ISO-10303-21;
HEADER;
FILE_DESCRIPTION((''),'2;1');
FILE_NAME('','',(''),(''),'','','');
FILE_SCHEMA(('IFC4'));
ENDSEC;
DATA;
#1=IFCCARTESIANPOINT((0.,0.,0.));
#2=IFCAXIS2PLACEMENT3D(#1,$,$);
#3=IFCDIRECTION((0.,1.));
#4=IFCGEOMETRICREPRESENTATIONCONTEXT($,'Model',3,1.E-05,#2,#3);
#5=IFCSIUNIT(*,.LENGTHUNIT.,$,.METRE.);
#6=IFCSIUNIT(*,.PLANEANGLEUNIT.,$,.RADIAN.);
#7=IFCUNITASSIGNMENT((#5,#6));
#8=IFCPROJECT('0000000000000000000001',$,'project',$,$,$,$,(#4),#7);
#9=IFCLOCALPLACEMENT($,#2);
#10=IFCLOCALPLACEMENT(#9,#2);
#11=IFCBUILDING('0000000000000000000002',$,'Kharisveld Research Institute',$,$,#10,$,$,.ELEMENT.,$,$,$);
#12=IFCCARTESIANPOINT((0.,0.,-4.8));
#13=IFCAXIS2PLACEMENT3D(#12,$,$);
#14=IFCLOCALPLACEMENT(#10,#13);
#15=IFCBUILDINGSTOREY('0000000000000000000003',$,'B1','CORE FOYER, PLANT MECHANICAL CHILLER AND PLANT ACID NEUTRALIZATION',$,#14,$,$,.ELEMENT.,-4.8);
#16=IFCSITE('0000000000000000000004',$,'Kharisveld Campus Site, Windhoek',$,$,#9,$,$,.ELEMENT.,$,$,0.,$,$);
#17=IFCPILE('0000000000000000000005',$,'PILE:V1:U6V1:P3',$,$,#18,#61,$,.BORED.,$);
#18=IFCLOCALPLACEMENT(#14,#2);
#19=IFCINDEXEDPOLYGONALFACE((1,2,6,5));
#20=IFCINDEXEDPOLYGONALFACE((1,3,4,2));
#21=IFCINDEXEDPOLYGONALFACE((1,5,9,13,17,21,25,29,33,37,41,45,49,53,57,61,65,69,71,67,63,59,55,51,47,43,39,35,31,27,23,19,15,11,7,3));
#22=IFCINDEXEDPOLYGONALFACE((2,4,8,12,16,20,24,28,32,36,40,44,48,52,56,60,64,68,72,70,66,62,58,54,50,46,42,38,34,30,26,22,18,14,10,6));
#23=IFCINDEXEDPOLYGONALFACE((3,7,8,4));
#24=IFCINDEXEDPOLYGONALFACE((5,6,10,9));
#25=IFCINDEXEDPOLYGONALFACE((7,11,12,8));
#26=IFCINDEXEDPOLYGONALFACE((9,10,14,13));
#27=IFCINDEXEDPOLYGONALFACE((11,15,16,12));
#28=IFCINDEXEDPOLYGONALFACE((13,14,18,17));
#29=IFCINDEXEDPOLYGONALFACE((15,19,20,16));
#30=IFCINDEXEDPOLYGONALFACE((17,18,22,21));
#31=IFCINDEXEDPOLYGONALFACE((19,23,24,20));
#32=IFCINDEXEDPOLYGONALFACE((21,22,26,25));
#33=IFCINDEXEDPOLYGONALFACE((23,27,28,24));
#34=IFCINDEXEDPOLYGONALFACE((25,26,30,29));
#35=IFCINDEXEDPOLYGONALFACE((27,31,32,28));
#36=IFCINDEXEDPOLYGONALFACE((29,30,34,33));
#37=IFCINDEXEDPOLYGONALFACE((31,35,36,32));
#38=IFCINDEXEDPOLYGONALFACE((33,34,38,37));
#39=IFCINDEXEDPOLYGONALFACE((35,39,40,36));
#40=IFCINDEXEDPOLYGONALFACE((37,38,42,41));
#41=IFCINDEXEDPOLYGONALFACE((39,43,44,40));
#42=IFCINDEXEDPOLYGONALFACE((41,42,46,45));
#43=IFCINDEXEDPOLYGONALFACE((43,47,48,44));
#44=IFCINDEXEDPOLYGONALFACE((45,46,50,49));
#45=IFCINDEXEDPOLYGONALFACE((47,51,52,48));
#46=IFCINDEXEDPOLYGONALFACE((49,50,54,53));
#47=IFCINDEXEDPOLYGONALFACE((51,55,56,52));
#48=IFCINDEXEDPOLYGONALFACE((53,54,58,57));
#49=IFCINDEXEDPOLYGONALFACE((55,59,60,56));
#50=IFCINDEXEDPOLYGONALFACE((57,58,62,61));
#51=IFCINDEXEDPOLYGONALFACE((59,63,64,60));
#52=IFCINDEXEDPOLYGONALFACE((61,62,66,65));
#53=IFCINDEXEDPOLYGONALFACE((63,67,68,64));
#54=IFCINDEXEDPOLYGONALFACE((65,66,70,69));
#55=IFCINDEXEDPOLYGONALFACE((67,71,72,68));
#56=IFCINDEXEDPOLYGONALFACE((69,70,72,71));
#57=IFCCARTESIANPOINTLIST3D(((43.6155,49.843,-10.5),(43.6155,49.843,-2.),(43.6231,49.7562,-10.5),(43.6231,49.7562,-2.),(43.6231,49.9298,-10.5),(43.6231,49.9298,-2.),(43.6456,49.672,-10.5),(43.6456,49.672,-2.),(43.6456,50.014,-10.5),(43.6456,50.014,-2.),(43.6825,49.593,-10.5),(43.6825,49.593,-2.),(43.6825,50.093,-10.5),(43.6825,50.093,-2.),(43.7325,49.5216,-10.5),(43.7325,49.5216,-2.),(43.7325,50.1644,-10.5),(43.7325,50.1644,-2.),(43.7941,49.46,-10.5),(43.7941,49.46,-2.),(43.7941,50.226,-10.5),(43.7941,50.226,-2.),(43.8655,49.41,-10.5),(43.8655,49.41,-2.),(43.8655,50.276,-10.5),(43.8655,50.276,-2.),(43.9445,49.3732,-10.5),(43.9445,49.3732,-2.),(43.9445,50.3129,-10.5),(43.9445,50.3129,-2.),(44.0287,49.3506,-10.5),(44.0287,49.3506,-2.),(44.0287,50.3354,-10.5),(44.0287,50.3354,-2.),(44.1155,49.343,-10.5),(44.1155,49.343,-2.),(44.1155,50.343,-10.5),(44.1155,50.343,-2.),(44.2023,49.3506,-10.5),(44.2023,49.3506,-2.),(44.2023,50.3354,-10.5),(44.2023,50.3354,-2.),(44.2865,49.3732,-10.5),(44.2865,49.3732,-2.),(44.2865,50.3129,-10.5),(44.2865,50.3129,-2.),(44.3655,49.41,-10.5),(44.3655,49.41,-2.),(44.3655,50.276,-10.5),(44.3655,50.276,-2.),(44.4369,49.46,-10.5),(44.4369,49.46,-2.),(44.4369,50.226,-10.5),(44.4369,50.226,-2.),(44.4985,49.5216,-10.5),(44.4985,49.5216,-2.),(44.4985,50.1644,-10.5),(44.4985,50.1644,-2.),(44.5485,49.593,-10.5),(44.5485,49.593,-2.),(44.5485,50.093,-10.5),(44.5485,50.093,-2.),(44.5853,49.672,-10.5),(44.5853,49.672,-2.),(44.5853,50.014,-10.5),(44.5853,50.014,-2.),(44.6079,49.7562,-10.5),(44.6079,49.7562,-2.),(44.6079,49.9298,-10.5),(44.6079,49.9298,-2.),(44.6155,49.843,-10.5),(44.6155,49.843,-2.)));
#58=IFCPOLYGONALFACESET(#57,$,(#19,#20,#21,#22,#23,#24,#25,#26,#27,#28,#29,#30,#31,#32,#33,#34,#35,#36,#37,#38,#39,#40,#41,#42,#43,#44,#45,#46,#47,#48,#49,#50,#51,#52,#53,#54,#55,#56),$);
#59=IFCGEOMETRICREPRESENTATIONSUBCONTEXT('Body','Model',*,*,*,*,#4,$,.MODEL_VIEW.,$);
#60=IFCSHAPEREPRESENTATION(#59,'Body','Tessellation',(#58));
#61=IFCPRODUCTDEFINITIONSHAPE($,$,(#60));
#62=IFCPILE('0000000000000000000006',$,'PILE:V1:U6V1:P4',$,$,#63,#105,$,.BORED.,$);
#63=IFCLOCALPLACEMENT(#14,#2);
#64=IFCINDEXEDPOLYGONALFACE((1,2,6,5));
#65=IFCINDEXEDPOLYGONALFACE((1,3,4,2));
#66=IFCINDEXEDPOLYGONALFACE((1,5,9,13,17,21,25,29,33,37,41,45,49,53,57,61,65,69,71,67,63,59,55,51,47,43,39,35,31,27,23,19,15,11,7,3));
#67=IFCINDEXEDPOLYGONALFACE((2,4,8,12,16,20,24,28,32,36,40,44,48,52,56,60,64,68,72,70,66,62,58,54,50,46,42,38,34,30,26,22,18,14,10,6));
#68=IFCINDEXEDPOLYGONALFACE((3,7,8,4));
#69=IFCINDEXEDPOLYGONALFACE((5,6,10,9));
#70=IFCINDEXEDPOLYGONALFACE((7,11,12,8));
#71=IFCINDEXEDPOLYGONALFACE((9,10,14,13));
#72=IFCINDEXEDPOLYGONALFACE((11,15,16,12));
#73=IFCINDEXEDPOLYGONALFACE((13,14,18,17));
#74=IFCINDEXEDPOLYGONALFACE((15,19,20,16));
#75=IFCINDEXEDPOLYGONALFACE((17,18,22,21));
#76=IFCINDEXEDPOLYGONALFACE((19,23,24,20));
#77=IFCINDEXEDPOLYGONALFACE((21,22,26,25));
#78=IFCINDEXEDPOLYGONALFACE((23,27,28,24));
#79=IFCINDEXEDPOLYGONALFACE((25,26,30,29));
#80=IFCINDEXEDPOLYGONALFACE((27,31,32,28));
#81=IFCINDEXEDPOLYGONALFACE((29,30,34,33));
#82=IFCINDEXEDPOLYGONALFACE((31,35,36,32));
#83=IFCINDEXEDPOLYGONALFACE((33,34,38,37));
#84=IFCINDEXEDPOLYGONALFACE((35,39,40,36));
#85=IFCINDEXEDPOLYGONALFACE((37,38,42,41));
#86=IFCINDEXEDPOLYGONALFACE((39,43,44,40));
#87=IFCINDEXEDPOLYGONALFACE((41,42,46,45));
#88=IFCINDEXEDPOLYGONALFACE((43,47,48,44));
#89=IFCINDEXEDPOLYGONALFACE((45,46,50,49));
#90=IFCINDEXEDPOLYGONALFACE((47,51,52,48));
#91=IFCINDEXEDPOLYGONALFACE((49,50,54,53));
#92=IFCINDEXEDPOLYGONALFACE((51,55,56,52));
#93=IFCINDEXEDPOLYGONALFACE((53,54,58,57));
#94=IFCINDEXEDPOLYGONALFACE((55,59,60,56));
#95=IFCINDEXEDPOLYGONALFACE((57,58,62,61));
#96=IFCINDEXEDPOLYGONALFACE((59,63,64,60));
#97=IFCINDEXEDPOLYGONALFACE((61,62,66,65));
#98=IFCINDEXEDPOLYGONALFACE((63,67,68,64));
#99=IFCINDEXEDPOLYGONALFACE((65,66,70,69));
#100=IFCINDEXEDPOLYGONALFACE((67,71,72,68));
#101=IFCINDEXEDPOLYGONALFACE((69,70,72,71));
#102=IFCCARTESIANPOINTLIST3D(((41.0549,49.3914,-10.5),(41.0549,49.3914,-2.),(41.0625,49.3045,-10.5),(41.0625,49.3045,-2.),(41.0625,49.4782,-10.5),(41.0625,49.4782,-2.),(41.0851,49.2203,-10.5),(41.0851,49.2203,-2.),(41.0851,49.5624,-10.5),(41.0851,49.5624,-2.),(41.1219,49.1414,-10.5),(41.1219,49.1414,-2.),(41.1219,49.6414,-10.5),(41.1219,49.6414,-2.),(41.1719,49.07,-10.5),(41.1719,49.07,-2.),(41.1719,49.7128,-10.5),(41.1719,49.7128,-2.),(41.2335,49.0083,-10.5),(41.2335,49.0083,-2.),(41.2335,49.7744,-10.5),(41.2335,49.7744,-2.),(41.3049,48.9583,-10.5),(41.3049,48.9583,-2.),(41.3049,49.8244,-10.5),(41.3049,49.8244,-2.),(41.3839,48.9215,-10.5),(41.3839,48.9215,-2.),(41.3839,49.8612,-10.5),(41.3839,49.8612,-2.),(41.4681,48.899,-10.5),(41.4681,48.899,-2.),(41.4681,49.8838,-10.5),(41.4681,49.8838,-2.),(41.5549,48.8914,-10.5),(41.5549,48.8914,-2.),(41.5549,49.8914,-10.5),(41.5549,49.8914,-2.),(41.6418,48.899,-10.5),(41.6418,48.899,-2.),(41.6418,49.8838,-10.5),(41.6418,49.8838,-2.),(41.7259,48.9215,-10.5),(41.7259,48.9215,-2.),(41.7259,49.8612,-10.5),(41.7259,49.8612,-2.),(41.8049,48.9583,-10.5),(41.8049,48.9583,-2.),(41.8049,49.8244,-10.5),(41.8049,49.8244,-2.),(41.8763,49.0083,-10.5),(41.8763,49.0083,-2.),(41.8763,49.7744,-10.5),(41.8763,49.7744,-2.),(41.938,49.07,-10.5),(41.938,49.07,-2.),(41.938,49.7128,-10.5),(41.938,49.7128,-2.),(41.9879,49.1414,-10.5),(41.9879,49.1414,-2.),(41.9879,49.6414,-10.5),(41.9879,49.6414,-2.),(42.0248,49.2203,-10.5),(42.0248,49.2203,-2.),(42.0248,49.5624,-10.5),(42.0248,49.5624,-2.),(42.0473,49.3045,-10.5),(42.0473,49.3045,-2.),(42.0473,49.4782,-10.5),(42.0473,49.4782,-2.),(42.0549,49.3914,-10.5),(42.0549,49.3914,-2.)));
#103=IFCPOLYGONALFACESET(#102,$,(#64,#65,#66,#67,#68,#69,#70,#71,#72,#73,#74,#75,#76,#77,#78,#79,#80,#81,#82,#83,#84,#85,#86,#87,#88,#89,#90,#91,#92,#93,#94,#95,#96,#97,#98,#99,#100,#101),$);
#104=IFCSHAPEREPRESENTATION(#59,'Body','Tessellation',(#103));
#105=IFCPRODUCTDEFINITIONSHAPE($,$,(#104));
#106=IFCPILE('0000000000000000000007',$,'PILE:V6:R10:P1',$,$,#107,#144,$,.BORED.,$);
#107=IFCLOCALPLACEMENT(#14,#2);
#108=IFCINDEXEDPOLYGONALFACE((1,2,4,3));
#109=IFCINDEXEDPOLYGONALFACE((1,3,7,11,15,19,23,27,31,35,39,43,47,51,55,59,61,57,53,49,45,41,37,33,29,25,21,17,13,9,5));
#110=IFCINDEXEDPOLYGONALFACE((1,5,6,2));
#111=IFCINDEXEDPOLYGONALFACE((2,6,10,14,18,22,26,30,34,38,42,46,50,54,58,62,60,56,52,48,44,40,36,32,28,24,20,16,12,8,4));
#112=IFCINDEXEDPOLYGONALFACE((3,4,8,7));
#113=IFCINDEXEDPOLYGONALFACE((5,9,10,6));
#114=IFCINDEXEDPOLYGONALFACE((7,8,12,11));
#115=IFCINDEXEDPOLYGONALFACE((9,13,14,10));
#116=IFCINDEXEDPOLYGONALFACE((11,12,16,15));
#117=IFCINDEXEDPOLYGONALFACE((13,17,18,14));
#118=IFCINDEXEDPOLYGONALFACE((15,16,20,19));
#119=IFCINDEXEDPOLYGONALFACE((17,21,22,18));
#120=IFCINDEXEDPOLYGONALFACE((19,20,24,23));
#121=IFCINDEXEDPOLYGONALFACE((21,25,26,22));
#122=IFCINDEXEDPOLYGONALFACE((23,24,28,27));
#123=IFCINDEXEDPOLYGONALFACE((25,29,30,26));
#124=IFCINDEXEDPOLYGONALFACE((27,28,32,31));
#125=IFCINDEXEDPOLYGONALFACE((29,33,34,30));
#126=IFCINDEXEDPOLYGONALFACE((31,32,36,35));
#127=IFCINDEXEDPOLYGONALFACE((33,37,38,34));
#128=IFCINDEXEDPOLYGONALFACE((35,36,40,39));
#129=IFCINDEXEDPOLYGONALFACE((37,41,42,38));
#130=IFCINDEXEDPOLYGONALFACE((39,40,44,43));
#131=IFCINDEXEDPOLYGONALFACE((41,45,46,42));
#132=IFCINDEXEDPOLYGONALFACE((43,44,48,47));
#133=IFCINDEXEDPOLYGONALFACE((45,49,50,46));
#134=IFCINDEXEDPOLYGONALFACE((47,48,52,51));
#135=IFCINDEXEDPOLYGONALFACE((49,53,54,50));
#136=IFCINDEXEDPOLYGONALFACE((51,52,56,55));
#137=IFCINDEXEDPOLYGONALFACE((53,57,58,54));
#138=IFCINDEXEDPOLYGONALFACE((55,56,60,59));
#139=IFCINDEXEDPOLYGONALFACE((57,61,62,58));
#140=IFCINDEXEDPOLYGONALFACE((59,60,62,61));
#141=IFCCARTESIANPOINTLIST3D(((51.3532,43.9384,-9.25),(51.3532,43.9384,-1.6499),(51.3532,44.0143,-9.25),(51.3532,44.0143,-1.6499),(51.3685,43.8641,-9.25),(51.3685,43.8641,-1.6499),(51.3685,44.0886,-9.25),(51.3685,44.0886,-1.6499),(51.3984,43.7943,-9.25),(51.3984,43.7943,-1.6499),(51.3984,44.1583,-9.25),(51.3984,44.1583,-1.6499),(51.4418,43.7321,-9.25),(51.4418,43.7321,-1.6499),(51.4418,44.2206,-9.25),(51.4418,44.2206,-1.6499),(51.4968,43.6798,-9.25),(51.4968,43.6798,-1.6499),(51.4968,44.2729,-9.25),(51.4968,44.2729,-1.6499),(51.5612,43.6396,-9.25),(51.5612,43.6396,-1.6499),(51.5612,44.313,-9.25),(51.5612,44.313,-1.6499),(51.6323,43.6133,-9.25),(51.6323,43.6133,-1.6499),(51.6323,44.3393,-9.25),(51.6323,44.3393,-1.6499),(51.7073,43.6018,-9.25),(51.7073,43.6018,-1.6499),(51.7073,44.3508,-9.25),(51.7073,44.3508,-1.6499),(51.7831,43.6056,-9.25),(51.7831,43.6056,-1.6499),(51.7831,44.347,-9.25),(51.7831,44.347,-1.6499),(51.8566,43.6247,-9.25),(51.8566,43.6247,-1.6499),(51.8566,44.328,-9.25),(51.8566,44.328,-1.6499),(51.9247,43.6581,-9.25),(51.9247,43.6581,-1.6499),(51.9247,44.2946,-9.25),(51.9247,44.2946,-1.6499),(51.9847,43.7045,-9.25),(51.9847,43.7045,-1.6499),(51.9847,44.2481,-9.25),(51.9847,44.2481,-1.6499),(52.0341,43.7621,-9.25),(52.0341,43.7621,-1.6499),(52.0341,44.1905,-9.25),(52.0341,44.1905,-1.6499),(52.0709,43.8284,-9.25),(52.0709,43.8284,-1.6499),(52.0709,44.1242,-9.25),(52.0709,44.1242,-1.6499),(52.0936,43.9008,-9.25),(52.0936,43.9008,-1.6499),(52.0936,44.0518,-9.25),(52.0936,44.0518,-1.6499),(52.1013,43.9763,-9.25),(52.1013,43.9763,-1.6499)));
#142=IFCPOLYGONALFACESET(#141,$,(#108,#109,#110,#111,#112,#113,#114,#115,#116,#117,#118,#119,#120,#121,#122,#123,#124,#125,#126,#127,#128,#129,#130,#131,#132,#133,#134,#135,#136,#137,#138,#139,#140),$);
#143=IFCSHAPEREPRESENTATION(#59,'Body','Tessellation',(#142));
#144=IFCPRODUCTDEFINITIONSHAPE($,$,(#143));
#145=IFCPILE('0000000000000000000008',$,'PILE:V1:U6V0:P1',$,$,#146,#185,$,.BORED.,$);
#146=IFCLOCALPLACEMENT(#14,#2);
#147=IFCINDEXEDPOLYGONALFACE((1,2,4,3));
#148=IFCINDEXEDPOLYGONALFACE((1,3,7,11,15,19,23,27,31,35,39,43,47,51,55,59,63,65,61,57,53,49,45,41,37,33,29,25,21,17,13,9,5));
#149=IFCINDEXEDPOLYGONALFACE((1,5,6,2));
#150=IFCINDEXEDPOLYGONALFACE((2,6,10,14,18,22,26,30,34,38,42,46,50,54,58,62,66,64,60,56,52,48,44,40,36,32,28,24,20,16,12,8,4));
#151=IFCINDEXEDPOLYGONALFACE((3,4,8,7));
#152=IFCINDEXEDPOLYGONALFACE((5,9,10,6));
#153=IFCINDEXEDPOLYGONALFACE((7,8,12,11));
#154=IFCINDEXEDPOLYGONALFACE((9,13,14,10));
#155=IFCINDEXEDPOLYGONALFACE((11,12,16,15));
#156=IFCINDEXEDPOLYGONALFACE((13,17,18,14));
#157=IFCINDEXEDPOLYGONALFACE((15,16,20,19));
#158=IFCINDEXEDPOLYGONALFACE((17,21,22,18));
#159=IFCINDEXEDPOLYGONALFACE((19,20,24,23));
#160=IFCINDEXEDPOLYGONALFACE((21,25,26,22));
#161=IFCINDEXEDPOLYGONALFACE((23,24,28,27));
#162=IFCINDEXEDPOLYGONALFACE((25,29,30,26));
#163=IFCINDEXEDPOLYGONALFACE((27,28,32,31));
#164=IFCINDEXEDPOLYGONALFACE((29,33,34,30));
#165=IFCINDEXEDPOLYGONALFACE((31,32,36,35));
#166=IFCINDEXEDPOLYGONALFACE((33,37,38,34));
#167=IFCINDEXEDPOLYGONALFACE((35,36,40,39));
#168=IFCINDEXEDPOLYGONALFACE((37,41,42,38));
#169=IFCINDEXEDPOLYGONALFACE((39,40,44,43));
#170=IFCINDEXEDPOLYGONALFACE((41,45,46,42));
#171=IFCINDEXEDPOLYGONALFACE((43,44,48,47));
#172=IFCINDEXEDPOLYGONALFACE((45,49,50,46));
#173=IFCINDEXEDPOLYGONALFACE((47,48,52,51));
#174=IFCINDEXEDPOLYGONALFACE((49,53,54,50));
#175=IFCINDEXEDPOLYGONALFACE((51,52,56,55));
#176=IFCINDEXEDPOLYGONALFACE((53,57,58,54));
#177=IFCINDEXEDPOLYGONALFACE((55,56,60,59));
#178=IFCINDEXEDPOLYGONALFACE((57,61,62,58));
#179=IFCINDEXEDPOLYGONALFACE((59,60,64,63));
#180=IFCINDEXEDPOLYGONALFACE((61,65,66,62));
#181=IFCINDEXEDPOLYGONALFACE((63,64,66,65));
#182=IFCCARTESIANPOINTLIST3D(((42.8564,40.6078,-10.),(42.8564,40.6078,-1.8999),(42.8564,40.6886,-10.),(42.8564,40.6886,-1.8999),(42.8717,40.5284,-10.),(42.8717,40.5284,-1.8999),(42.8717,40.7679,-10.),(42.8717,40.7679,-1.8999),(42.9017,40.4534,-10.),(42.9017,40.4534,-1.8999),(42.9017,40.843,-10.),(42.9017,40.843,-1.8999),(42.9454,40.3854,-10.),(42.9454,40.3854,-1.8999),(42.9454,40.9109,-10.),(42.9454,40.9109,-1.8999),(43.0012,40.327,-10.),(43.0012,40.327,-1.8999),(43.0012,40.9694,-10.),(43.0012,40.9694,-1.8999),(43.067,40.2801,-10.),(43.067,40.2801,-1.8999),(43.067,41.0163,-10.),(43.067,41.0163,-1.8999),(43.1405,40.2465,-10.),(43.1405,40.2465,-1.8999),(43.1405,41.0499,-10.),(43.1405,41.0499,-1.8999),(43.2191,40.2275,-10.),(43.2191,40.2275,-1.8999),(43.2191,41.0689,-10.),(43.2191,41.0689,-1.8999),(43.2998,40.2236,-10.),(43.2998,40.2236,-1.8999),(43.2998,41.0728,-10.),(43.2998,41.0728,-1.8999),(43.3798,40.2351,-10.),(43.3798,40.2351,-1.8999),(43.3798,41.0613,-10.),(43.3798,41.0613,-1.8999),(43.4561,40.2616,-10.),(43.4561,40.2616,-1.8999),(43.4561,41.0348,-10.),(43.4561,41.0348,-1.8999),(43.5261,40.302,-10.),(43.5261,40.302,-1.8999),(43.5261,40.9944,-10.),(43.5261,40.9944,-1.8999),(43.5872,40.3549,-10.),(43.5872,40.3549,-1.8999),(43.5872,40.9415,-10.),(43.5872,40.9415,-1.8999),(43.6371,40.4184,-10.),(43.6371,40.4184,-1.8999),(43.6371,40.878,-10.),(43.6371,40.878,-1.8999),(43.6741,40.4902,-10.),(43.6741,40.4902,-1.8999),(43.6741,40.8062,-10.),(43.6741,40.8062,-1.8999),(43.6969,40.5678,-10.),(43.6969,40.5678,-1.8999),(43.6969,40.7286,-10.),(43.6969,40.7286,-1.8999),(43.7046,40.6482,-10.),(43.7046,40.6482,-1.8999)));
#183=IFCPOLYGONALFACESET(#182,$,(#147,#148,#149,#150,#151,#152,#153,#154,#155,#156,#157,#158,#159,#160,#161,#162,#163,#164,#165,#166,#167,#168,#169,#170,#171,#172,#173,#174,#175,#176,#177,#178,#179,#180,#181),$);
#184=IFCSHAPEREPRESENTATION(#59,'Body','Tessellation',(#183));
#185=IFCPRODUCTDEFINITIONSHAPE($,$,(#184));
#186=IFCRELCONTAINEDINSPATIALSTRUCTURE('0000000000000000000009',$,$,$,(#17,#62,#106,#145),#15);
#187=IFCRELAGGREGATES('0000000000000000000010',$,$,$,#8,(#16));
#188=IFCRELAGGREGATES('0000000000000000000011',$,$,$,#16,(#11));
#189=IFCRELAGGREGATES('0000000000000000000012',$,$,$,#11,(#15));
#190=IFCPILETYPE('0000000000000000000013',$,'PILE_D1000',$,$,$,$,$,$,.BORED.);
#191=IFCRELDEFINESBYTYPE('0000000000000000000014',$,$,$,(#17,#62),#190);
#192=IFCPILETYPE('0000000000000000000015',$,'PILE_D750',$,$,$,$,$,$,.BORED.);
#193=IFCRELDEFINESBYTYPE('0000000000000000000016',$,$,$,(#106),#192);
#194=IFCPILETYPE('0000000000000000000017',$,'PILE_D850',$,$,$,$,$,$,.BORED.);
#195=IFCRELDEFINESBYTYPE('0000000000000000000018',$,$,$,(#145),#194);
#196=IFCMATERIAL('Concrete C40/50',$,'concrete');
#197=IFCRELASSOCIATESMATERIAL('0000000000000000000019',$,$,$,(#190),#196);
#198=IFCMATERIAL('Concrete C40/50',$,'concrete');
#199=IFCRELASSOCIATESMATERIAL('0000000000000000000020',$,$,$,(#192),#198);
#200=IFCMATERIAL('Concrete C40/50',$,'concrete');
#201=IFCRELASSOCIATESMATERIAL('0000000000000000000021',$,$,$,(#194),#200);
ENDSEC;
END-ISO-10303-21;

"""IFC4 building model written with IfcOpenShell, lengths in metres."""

from ifc_helpers import new_model, si_unit, direction, frame, origin, origin_2d, place, context, subcontext, project, spatial, circle, extrude, material, material_profile, profile_set, type_object, element, save


model = new_model("IFC4")

# Units and contexts
model_context = context("Model", 3, precision=1e-05, world=origin(), true_north=direction((0.0, 1.0)))
body_context = subcontext(model_context, "Body", "Model", "MODEL_VIEW")
ifc_project = project(units=[si_unit("LENGTHUNIT", "METRE"), si_unit("PLANEANGLEUNIT", "RADIAN")], contexts=[model_context])

# Site, building, storey
site_placement = place(None, origin())
site = spatial("IfcSite", under=ifc_project, at=site_placement, Name="Kharisveld Campus Site, Windhoek", CompositionType="ELEMENT", RefElevation=0.0)
building_placement = place(site_placement, origin())
building = spatial("IfcBuilding", under=site, at=building_placement, Name="Kharisveld Research Institute", CompositionType="ELEMENT")
storey_placement = place(building_placement, frame((0.0, 0.0, -4.8)))
storey = spatial("IfcBuildingStorey", under=building, at=storey_placement, Name="B1", Description="CORE FOYER, PLANT MECHANICAL CHILLER AND PLANT ACID NEUTRALIZATION", CompositionType="ELEMENT", Elevation=-4.8)

# Piles
ifc_material_1 = material(Name="Concrete C40/50", Category="concrete")
ifc_material_profile_1 = material_profile(ifc_material_1, circle(Radius=0.5, at=origin_2d()))
ifc_profile_set_1 = profile_set([ifc_material_profile_1], Name="Concrete C40/50")
pile_type_1 = type_object("IfcPileType", Name="PILE_D1000", PredefinedType="BORED", material=ifc_profile_set_1)
for number, where, z_axis, x_axis, name in (
    (1, (44.1155, 49.843, -2.0), (0.0, 0.0, -1.0), (1.0, 0.0, 0.0), "PILE:V1:U6V1:P3"),
    (2, (41.5549, 49.3914, -2.0), (0.0, 0.0, -1.0), (1.0, 0.0, 0.0), "PILE:V1:U6V1:P4"),
):
    element("IfcPile", number, at=place(storey_placement, frame(where, z_axis=z_axis, x_axis=x_axis)), inside=storey, type_object=pile_type_1, Name=name, PredefinedType="BORED", context=body_context, shape_type="SweptSolid", body=[
        extrude(circle(Radius=0.5, at=origin_2d()), origin(), (0.0, 0.0, 1.0), 8.5),
    ])
ifc_material_2 = material(Name="Concrete C40/50", Category="concrete")
ifc_material_profile_2 = material_profile(ifc_material_2, circle(Radius=0.375, at=origin_2d()))
ifc_profile_set_2 = profile_set([ifc_material_profile_2], Name="Concrete C40/50")
pile_type_2 = type_object("IfcPileType", Name="PILE_D750", PredefinedType="BORED", material=ifc_profile_set_2)
pile_placement = place(storey_placement, frame((51.7263, 43.9763, -1.6499), z_axis=(0.0, 0.0, -1.0), x_axis=(1.0, 0.0, 0.0)))
element("IfcPile", 3, at=pile_placement, inside=storey, type_object=pile_type_2, Name="PILE:V6:R10:P1", PredefinedType="BORED", context=body_context, shape_type="SweptSolid", body=[
    extrude(circle(Radius=0.375, at=origin_2d()), origin(), (0.0, 0.0, 1.0), 7.6001),
])
ifc_material_3 = material(Name="Concrete C40/50", Category="concrete")
ifc_material_profile_3 = material_profile(ifc_material_3, circle(Radius=0.425, at=origin_2d()))
ifc_profile_set_3 = profile_set([ifc_material_profile_3], Name="Concrete C40/50")
pile_type_3 = type_object("IfcPileType", Name="PILE_D850", PredefinedType="BORED", material=ifc_profile_set_3)
for number, where, z_axis, x_axis, name in (
    (4, (43.2795, 40.6482, -1.8999), (0.0, 0.0, -1.0), (1.0, 0.0, 0.0), "PILE:V1:U6V0:P1"),
):
    element("IfcPile", number, at=place(storey_placement, frame(where, z_axis=z_axis, x_axis=x_axis)), inside=storey, type_object=pile_type_3, Name=name, PredefinedType="BORED", context=body_context, shape_type="SweptSolid", body=[
        extrude(circle(Radius=0.425, at=origin_2d()), origin(), (0.0, 0.0, 1.0), 8.1001),
    ])

save(model, "model.ifc")
